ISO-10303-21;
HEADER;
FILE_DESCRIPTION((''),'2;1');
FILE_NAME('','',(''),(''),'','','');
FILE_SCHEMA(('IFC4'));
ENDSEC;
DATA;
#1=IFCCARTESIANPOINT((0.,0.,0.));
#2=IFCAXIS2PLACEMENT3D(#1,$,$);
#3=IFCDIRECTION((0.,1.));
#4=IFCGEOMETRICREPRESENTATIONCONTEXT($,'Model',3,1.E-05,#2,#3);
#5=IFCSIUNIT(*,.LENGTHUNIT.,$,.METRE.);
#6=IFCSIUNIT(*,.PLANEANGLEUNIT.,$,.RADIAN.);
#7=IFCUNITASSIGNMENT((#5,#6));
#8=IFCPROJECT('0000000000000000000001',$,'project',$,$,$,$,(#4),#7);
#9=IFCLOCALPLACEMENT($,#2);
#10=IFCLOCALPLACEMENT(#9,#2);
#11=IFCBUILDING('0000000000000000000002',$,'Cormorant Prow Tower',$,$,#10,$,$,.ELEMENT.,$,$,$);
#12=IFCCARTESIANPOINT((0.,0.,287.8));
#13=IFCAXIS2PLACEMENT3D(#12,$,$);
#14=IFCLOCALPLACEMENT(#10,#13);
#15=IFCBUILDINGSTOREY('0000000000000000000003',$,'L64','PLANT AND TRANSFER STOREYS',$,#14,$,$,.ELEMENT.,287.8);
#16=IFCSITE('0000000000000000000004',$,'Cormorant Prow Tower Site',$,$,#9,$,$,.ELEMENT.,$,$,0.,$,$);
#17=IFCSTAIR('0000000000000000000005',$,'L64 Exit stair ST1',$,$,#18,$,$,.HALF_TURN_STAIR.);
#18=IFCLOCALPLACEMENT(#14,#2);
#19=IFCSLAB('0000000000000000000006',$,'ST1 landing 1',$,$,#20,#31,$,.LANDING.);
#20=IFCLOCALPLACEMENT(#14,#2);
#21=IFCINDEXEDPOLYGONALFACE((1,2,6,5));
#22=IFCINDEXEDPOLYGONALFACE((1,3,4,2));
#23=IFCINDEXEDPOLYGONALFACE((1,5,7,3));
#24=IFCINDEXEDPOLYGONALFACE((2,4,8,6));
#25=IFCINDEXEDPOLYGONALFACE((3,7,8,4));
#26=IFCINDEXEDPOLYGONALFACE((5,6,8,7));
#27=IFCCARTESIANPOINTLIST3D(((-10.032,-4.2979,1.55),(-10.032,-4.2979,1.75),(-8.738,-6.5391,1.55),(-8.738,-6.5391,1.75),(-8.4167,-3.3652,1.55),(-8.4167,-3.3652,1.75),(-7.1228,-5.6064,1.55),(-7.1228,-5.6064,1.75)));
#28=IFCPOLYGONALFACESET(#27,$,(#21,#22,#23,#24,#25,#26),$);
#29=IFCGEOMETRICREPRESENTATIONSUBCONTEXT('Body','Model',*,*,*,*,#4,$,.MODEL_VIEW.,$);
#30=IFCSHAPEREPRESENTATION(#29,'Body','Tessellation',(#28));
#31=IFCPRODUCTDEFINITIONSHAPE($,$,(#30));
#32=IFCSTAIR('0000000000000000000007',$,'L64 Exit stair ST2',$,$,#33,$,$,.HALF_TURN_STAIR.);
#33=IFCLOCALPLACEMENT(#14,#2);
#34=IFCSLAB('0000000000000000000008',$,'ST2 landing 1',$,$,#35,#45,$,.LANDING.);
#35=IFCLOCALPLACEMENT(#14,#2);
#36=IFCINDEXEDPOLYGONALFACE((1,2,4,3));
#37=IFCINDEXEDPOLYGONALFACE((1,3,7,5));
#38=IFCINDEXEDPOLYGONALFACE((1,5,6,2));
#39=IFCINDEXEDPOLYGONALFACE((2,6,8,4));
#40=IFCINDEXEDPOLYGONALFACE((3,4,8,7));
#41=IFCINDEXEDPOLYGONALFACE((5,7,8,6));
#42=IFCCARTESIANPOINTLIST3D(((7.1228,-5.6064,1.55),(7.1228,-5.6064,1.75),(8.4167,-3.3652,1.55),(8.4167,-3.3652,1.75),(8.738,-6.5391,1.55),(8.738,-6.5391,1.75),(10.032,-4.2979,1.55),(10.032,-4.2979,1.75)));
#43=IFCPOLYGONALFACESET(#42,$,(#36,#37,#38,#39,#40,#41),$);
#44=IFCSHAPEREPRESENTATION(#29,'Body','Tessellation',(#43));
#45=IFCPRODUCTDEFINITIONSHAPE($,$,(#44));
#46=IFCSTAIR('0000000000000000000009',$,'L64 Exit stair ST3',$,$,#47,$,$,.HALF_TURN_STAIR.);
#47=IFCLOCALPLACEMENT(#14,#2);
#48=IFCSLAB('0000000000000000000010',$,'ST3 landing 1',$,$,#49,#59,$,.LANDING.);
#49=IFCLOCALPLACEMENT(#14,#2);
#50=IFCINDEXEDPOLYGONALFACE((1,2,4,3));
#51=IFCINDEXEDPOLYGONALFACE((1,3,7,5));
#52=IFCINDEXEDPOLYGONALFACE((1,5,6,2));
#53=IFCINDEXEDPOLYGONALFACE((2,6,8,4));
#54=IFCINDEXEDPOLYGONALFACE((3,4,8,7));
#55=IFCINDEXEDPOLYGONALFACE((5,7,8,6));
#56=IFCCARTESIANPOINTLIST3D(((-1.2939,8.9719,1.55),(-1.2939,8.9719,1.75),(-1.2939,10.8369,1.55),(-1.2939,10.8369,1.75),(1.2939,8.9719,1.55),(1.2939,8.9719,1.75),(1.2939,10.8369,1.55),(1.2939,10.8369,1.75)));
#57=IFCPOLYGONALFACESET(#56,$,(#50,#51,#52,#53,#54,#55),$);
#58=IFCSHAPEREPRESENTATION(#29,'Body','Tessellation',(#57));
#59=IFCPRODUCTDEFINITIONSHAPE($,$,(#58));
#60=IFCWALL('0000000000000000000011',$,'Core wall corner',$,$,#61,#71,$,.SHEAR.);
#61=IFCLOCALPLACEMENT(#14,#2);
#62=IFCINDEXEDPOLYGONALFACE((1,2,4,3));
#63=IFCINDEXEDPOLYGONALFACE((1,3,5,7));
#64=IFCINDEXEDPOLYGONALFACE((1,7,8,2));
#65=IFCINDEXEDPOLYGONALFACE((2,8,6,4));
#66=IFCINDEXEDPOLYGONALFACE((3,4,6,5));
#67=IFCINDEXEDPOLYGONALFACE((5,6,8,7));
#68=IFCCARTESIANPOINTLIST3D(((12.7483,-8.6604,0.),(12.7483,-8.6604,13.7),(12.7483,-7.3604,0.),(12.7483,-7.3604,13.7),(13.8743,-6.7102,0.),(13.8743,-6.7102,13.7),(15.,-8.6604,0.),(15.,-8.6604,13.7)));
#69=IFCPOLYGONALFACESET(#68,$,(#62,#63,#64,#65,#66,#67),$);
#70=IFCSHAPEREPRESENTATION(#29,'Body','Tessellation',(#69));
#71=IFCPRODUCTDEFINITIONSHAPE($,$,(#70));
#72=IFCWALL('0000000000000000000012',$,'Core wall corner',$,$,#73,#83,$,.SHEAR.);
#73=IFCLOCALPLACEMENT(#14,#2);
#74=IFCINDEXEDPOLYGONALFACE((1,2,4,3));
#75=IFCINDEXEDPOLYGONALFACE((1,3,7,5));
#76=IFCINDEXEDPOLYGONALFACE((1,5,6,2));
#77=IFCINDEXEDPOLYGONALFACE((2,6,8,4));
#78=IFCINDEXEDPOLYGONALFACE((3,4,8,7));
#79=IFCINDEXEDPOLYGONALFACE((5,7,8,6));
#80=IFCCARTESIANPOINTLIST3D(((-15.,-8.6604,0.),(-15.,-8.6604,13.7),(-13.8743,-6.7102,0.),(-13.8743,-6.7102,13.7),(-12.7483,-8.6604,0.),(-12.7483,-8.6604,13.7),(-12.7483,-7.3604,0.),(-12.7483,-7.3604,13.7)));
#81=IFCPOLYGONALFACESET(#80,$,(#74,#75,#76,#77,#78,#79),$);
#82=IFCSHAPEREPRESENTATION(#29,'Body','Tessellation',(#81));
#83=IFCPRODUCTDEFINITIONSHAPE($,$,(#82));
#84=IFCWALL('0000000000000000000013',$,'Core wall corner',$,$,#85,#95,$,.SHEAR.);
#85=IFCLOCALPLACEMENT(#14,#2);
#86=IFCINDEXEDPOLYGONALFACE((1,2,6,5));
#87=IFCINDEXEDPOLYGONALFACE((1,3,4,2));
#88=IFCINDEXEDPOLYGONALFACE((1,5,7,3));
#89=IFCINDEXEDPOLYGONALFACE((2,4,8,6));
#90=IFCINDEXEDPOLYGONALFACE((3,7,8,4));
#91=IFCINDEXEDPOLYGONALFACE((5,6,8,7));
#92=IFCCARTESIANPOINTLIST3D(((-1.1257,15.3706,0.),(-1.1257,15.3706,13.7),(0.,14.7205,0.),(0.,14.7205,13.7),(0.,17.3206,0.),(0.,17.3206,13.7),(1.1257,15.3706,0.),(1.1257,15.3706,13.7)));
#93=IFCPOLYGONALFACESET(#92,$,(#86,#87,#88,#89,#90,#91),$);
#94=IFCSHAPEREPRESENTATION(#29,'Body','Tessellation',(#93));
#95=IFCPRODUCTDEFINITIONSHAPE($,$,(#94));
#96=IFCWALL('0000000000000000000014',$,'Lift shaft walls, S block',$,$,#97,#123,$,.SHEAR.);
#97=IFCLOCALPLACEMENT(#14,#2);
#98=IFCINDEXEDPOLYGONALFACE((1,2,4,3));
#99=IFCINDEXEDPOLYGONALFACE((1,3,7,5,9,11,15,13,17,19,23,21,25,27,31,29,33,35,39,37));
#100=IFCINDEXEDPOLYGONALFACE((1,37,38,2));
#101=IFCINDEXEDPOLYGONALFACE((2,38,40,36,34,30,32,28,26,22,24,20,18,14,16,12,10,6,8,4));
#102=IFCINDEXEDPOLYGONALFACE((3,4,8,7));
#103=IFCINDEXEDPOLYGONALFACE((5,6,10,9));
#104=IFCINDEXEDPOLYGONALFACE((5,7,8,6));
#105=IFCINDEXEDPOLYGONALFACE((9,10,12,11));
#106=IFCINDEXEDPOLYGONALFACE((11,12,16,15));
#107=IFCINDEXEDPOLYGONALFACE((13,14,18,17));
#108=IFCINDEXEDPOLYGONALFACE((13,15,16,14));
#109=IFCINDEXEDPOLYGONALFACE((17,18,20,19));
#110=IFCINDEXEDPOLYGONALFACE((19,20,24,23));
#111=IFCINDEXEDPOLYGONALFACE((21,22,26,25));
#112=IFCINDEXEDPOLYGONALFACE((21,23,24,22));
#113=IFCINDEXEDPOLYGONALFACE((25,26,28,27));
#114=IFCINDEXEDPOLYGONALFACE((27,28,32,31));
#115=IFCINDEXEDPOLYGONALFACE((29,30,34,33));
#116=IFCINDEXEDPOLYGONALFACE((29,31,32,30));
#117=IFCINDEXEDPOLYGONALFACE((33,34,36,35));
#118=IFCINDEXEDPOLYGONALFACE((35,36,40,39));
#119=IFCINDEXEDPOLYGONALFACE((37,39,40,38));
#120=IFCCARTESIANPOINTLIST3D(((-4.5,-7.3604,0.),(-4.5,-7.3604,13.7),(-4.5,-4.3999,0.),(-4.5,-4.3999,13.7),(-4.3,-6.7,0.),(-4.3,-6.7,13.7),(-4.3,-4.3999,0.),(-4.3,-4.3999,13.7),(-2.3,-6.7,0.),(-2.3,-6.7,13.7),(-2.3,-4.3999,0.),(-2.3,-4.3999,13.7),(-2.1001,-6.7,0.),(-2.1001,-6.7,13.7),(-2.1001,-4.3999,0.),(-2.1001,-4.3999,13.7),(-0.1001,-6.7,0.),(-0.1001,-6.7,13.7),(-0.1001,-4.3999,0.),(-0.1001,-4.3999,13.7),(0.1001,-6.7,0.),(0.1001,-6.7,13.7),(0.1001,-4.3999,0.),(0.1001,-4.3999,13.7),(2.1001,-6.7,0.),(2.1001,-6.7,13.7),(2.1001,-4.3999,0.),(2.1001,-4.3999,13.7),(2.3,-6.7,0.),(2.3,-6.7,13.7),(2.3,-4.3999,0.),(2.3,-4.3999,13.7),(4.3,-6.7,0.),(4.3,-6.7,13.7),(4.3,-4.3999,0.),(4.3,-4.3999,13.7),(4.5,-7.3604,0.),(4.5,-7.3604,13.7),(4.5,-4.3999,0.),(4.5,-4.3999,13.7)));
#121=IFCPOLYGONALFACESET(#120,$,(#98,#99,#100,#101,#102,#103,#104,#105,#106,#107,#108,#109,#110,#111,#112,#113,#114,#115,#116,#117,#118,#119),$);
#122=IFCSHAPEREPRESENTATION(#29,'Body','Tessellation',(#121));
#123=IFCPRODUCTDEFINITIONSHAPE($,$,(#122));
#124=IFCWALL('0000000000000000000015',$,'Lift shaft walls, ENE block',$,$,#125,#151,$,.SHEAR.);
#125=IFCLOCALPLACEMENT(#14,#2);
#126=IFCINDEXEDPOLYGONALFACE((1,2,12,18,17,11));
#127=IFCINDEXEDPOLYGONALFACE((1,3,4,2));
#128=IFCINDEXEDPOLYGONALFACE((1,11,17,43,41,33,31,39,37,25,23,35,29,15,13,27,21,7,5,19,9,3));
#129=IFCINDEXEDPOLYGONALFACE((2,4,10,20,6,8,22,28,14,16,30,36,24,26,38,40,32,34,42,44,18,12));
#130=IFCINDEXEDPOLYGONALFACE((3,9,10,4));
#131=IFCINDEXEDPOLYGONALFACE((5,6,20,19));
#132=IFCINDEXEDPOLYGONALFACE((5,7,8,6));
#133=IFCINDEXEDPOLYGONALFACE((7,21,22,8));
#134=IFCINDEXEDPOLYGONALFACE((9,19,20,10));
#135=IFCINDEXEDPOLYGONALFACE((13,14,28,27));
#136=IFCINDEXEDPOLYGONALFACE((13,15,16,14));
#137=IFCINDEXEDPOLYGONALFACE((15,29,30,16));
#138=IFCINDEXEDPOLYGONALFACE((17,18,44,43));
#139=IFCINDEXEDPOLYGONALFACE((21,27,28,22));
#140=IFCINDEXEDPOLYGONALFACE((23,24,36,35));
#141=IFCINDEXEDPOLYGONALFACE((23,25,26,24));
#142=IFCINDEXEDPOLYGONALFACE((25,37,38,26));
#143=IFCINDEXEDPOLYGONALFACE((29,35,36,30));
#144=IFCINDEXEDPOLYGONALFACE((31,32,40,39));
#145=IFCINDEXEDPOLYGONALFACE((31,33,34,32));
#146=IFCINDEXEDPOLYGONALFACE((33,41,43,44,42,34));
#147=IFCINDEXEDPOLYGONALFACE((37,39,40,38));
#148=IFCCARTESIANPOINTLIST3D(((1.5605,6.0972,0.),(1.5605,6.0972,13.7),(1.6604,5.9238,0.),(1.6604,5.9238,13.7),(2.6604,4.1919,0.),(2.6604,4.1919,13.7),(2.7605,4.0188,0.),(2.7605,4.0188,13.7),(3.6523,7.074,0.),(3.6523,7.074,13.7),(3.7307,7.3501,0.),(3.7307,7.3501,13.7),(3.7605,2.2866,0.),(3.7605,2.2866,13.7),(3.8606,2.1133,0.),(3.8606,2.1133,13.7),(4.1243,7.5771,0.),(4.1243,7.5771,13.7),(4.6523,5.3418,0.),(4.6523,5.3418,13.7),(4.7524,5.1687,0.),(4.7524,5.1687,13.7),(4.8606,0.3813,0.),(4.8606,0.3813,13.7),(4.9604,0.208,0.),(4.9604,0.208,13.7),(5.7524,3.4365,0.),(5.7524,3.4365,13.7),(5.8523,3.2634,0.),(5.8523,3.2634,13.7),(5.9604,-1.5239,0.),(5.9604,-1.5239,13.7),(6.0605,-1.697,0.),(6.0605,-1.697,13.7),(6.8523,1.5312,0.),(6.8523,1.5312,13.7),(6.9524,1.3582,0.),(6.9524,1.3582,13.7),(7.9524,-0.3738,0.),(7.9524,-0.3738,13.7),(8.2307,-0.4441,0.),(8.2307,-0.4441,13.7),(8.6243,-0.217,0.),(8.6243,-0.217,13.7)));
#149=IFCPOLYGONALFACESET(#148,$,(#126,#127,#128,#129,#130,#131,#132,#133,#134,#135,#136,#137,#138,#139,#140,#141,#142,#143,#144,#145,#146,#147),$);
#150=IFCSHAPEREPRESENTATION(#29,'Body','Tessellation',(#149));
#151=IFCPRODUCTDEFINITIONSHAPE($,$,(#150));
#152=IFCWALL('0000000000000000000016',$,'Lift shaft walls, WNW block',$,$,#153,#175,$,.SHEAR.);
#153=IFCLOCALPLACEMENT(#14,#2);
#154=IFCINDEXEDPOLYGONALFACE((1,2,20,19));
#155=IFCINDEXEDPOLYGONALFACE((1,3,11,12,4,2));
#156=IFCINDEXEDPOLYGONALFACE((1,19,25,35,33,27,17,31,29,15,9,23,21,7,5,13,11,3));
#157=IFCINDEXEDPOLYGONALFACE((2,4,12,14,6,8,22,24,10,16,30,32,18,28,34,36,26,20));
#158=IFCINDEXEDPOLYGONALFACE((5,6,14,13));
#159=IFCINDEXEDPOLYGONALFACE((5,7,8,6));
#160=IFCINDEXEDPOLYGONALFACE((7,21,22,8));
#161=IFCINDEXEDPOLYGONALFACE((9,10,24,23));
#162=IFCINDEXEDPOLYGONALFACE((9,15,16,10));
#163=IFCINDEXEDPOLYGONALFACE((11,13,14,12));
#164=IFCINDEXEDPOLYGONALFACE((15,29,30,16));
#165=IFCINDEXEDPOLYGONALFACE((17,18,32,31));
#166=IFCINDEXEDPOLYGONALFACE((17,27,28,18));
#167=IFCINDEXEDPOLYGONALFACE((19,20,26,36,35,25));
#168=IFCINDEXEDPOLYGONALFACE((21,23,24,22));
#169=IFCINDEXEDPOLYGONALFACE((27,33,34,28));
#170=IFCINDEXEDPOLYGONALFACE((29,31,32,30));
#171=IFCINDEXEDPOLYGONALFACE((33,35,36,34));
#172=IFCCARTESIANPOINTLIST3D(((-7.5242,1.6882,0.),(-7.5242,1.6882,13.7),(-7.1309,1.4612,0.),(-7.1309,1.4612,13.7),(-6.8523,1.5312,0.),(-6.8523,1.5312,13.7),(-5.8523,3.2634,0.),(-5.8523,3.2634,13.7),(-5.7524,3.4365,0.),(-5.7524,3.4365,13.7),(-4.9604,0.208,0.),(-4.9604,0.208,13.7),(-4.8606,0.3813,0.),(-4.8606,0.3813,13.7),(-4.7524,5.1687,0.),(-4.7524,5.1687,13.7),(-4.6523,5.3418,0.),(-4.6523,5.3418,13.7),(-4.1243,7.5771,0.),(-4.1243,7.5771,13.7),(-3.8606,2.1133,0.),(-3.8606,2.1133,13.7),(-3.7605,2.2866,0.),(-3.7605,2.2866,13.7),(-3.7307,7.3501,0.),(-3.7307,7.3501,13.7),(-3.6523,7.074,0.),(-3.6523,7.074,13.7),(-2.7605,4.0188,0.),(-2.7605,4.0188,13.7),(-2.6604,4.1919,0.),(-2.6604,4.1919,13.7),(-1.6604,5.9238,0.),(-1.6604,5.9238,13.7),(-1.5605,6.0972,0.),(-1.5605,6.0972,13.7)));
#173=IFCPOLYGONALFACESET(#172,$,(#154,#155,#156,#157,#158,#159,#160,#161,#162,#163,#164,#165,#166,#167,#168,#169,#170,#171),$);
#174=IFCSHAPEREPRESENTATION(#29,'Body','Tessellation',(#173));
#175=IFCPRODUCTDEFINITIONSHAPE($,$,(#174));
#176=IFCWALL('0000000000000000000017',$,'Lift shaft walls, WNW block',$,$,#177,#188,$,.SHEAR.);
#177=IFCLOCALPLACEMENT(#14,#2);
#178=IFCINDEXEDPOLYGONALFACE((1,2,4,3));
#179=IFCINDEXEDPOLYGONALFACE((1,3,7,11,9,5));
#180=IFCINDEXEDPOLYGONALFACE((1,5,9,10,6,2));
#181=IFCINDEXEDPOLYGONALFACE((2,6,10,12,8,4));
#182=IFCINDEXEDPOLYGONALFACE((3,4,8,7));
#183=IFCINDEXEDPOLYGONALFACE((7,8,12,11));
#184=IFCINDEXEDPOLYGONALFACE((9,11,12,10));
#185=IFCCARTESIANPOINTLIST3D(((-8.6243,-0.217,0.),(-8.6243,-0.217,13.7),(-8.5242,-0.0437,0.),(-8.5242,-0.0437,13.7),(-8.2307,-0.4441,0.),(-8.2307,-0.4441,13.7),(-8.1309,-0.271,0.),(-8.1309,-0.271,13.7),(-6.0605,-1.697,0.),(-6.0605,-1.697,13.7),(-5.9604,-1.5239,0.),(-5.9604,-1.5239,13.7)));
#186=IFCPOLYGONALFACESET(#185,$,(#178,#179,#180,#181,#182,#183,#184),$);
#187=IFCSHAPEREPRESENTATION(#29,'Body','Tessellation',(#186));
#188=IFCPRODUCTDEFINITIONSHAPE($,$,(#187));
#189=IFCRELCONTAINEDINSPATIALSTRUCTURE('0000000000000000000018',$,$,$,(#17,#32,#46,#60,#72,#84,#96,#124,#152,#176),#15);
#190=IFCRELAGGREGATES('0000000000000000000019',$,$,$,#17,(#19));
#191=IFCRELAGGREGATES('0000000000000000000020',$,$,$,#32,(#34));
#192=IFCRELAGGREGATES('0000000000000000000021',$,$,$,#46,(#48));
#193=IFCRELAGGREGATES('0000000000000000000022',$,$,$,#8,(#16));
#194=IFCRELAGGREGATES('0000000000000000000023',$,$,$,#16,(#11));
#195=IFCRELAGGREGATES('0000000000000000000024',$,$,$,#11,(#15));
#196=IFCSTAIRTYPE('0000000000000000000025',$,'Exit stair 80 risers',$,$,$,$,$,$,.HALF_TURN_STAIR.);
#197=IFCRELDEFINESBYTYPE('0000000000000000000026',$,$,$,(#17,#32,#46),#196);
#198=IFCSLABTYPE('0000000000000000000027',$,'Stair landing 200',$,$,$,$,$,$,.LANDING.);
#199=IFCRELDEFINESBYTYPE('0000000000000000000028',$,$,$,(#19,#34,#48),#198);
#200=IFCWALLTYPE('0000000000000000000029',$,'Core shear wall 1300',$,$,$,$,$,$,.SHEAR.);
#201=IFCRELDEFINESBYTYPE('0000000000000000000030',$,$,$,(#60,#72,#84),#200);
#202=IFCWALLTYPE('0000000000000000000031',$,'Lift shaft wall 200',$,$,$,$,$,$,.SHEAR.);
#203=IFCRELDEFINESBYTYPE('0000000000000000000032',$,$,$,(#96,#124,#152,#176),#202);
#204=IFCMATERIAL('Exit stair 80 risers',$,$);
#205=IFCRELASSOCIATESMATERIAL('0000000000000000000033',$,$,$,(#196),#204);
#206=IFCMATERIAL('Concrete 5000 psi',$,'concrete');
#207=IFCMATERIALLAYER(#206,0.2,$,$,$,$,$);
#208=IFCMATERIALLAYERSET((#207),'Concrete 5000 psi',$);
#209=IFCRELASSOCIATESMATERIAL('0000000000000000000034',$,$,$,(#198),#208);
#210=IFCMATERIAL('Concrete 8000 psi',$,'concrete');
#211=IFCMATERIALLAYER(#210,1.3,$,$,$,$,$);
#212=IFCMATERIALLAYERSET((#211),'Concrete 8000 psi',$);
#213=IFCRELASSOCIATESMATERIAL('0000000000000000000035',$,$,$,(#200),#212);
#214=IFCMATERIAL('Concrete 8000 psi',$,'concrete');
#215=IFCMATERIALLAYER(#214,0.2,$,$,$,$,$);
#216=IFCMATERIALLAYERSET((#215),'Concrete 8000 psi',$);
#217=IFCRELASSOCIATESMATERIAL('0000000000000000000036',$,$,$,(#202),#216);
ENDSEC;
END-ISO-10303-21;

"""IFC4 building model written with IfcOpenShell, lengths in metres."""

from ifc_helpers import new_model, si_unit, direction, frame, origin, place, context, subcontext, project, spatial, polyline, outline, extrude, material, layer, layer_set, type_object, element, aggregate, save


model = new_model("IFC4")

# Units and contexts
model_context = context("Model", 3, precision=1e-05, world=origin(), true_north=direction((0.0, 1.0)))
body_context = subcontext(model_context, "Body", "Model", "MODEL_VIEW")
ifc_project = project(units=[si_unit("LENGTHUNIT", "METRE"), si_unit("PLANEANGLEUNIT", "RADIAN")], contexts=[model_context])

# Site, building, storey
site_placement = place(None, origin())
site = spatial("IfcSite", under=ifc_project, at=site_placement, Name="Cormorant Prow Tower Site", CompositionType="ELEMENT", RefElevation=0.0)
building_placement = place(site_placement, origin())
building = spatial("IfcBuilding", under=site, at=building_placement, Name="Cormorant Prow Tower", CompositionType="ELEMENT")
storey_placement = place(building_placement, frame((0.0, 0.0, 287.8)))
storey = spatial("IfcBuildingStorey", under=building, at=storey_placement, Name="L64", Description="PLANT AND TRANSFER STOREYS", CompositionType="ELEMENT", Elevation=287.8)

# Stairs, slabs
ifc_material_1 = material(Name="Exit stair 80 risers")
stair_type = type_object("IfcStairType", Name="Exit stair 80 risers", PredefinedType="HALF_TURN_STAIR", material=ifc_material_1)
stair_1_placement = place(storey_placement, origin())
stair_1 = element("IfcStair", 1, at=stair_1_placement, inside=storey, type_object=stair_type, Name="L64 Exit stair ST1", PredefinedType="HALF_TURN_STAIR")
ifc_material_2 = material(Name="Concrete 5000 psi", Category="concrete")
ifc_layer_1 = layer(ifc_material_2, 0.2)
ifc_layer_set_1 = layer_set([ifc_layer_1], Name="Concrete 5000 psi")
slab_type = type_object("IfcSlabType", Name="Stair landing 200", PredefinedType="LANDING", material=ifc_layer_set_1)
slab_1_placement = place(storey_placement, frame((0.0, 0.0, 1.55)))
slab_1 = element("IfcSlab", 2, at=slab_1_placement, type_object=slab_type, Name="ST1 landing 1", PredefinedType="LANDING", context=body_context, shape_type="SweptSolid", body=[
    extrude(outline(polyline([(-8.4167, -3.3652), (-10.032, -4.2979), (-8.738, -6.5391), (-7.1228, -5.6064), (-8.4167, -3.3652)])), origin(), (0.0, 0.0, 1.0), 0.2),
])
aggregate(stair_1, [slab_1])
stair_2_placement = place(storey_placement, origin())
stair_2 = element("IfcStair", 3, at=stair_2_placement, inside=storey, type_object=stair_type, Name="L64 Exit stair ST2", PredefinedType="HALF_TURN_STAIR")
slab_2_placement = place(storey_placement, frame((0.0, 0.0, 1.55)))
slab_2 = element("IfcSlab", 4, at=slab_2_placement, type_object=slab_type, Name="ST2 landing 1", PredefinedType="LANDING", context=body_context, shape_type="SweptSolid", body=[
    extrude(outline(polyline([(7.1228, -5.6064), (8.738, -6.5391), (10.032, -4.2979), (8.4167, -3.3652), (7.1228, -5.6064)])), origin(), (0.0, 0.0, 1.0), 0.2),
])
aggregate(stair_2, [slab_2])
stair_3_placement = place(storey_placement, origin())
stair_3 = element("IfcStair", 5, at=stair_3_placement, inside=storey, type_object=stair_type, Name="L64 Exit stair ST3", PredefinedType="HALF_TURN_STAIR")
slab_3_placement = place(storey_placement, frame((0.0, 0.0, 1.55)))
slab_3 = element("IfcSlab", 6, at=slab_3_placement, type_object=slab_type, Name="ST3 landing 1", PredefinedType="LANDING", context=body_context, shape_type="SweptSolid", body=[
    extrude(outline(polyline([(1.2939, 8.9719), (1.2939, 10.8369), (-1.2939, 10.8369), (-1.2939, 8.9719), (1.2939, 8.9719)])), origin(), (0.0, 0.0, 1.0), 0.2),
])

# Walls
ifc_material_3 = material(Name="Concrete 8000 psi", Category="concrete")
ifc_layer_2 = layer(ifc_material_3, 1.3)
ifc_layer_set_2 = layer_set([ifc_layer_2], Name="Concrete 8000 psi")
wall_type_1 = type_object("IfcWallType", Name="Core shear wall 1300", PredefinedType="SHEAR", material=ifc_layer_set_2)
wall_1_placement = place(storey_placement, origin())
element("IfcWall", 7, at=wall_1_placement, inside=storey, type_object=wall_type_1, Name="Core wall corner", PredefinedType="SHEAR", context=body_context, shape_type="SweptSolid", body=[
    extrude(outline(polyline([(12.7483, -8.6604), (12.7483, -7.3604), (13.8743, -6.7102), (15.0, -8.6604), (12.7483, -8.6604)])), origin(), (0.0, 0.0, 1.0), 13.7),
])
wall_2_placement = place(storey_placement, origin())
element("IfcWall", 8, at=wall_2_placement, inside=storey, type_object=wall_type_1, Name="Core wall corner", PredefinedType="SHEAR", context=body_context, shape_type="SweptSolid", body=[
    extrude(outline(polyline([(-13.8743, -6.7102), (-12.7483, -7.3604), (-12.7483, -8.6604), (-15.0, -8.6604), (-13.8743, -6.7102)])), origin(), (0.0, 0.0, 1.0), 13.7),
])
wall_3_placement = place(storey_placement, origin())
element("IfcWall", 9, at=wall_3_placement, inside=storey, type_object=wall_type_1, Name="Core wall corner", PredefinedType="SHEAR", context=body_context, shape_type="SweptSolid", body=[
    extrude(outline(polyline([(-1.1257, 15.3706), (0.0, 17.3206), (1.1257, 15.3706), (0.0, 14.7205), (-1.1257, 15.3706)])), origin(), (0.0, 0.0, 1.0), 13.7),
])
ifc_material_4 = material(Name="Concrete 8000 psi", Category="concrete")
ifc_layer_3 = layer(ifc_material_4, 0.2)
ifc_layer_set_3 = layer_set([ifc_layer_3], Name="Concrete 8000 psi")
wall_type_2 = type_object("IfcWallType", Name="Lift shaft wall 200", PredefinedType="SHEAR", material=ifc_layer_set_3)
wall_4_placement = place(storey_placement, origin())
element("IfcWall", 10, at=wall_4_placement, inside=storey, type_object=wall_type_2, Name="Lift shaft walls, S block", PredefinedType="SHEAR", context=body_context, shape_type="SweptSolid", body=[
    extrude(outline(polyline([(4.5, -7.3604), (-4.5, -7.3604), (-4.5, -4.3999), (-4.3, -4.3999), (-4.3, -6.7), (-2.3, -6.7), (-2.3, -4.3999), (-2.1001, -4.3999), (-2.1001, -6.7), (-0.1001, -6.7), (-0.1001, -4.3999), (0.1001, -4.3999), (0.1001, -6.7), (2.1001, -6.7), (2.1001, -4.3999), (2.3, -4.3999), (2.3, -6.7), (4.3, -6.7), (4.3, -4.3999), (4.5, -4.3999), (4.5, -7.3604)])), origin(), (0.0, 0.0, 1.0), 13.7),
])
wall_5_placement = place(storey_placement, origin())
element("IfcWall", 11, at=wall_5_placement, inside=storey, type_object=wall_type_2, Name="Lift shaft walls, ENE block", PredefinedType="SHEAR", context=body_context, shape_type="SweptSolid", body=[
    extrude(outline(polyline([(4.1243, 7.5771), (8.6243, -0.217), (8.2307, -0.4441), (6.0605, -1.697), (5.9604, -1.5239), (7.9524, -0.3738), (6.9524, 1.3582), (4.9604, 0.208), (4.8606, 0.3813), (6.8523, 1.5312), (5.8523, 3.2634), (3.8606, 2.1133), (3.7605, 2.2866), (5.7524, 3.4365), (4.7524, 5.1687), (2.7605, 4.0188), (2.6604, 4.1919), (4.6523, 5.3418), (3.6523, 7.074), (1.6604, 5.9238), (1.5605, 6.0972), (3.7307, 7.3501), (4.1243, 7.5771)])), origin(), (0.0, 0.0, 1.0), 13.7),
])
wall_6_placement = place(storey_placement, origin())
element("IfcWall", 12, at=wall_6_placement, inside=storey, type_object=wall_type_2, Name="Lift shaft walls, WNW block", PredefinedType="SHEAR", context=body_context, shape_type="SweptSolid", body=[
    extrude(outline(polyline([(-7.5242, 1.6882), (-4.1243, 7.5771), (-3.7307, 7.3501), (-1.5605, 6.0972), (-1.6604, 5.9238), (-3.6523, 7.074), (-4.6523, 5.3418), (-2.6604, 4.1919), (-2.7605, 4.0188), (-4.7524, 5.1687), (-5.7524, 3.4365), (-3.7605, 2.2866), (-3.8606, 2.1133), (-5.8523, 3.2634), (-6.8523, 1.5312), (-4.8606, 0.3813), (-4.9604, 0.208), (-7.1309, 1.4612), (-7.5242, 1.6882)])), origin(), (0.0, 0.0, 1.0), 13.7),
])
wall_7_placement = place(storey_placement, origin())
element("IfcWall", 13, at=wall_7_placement, inside=storey, type_object=wall_type_2, Name="Lift shaft walls, WNW block", PredefinedType="SHEAR", context=body_context, shape_type="SweptSolid", body=[
    extrude(outline(polyline([(-8.5242, -0.0437), (-8.1309, -0.271), (-5.9604, -1.5239), (-6.0605, -1.697), (-8.2307, -0.4441), (-8.6243, -0.217), (-8.5242, -0.0437)])), origin(), (0.0, 0.0, 1.0), 13.7),
])

aggregate(stair_3, [slab_3])

save(model, "model.ifc")
